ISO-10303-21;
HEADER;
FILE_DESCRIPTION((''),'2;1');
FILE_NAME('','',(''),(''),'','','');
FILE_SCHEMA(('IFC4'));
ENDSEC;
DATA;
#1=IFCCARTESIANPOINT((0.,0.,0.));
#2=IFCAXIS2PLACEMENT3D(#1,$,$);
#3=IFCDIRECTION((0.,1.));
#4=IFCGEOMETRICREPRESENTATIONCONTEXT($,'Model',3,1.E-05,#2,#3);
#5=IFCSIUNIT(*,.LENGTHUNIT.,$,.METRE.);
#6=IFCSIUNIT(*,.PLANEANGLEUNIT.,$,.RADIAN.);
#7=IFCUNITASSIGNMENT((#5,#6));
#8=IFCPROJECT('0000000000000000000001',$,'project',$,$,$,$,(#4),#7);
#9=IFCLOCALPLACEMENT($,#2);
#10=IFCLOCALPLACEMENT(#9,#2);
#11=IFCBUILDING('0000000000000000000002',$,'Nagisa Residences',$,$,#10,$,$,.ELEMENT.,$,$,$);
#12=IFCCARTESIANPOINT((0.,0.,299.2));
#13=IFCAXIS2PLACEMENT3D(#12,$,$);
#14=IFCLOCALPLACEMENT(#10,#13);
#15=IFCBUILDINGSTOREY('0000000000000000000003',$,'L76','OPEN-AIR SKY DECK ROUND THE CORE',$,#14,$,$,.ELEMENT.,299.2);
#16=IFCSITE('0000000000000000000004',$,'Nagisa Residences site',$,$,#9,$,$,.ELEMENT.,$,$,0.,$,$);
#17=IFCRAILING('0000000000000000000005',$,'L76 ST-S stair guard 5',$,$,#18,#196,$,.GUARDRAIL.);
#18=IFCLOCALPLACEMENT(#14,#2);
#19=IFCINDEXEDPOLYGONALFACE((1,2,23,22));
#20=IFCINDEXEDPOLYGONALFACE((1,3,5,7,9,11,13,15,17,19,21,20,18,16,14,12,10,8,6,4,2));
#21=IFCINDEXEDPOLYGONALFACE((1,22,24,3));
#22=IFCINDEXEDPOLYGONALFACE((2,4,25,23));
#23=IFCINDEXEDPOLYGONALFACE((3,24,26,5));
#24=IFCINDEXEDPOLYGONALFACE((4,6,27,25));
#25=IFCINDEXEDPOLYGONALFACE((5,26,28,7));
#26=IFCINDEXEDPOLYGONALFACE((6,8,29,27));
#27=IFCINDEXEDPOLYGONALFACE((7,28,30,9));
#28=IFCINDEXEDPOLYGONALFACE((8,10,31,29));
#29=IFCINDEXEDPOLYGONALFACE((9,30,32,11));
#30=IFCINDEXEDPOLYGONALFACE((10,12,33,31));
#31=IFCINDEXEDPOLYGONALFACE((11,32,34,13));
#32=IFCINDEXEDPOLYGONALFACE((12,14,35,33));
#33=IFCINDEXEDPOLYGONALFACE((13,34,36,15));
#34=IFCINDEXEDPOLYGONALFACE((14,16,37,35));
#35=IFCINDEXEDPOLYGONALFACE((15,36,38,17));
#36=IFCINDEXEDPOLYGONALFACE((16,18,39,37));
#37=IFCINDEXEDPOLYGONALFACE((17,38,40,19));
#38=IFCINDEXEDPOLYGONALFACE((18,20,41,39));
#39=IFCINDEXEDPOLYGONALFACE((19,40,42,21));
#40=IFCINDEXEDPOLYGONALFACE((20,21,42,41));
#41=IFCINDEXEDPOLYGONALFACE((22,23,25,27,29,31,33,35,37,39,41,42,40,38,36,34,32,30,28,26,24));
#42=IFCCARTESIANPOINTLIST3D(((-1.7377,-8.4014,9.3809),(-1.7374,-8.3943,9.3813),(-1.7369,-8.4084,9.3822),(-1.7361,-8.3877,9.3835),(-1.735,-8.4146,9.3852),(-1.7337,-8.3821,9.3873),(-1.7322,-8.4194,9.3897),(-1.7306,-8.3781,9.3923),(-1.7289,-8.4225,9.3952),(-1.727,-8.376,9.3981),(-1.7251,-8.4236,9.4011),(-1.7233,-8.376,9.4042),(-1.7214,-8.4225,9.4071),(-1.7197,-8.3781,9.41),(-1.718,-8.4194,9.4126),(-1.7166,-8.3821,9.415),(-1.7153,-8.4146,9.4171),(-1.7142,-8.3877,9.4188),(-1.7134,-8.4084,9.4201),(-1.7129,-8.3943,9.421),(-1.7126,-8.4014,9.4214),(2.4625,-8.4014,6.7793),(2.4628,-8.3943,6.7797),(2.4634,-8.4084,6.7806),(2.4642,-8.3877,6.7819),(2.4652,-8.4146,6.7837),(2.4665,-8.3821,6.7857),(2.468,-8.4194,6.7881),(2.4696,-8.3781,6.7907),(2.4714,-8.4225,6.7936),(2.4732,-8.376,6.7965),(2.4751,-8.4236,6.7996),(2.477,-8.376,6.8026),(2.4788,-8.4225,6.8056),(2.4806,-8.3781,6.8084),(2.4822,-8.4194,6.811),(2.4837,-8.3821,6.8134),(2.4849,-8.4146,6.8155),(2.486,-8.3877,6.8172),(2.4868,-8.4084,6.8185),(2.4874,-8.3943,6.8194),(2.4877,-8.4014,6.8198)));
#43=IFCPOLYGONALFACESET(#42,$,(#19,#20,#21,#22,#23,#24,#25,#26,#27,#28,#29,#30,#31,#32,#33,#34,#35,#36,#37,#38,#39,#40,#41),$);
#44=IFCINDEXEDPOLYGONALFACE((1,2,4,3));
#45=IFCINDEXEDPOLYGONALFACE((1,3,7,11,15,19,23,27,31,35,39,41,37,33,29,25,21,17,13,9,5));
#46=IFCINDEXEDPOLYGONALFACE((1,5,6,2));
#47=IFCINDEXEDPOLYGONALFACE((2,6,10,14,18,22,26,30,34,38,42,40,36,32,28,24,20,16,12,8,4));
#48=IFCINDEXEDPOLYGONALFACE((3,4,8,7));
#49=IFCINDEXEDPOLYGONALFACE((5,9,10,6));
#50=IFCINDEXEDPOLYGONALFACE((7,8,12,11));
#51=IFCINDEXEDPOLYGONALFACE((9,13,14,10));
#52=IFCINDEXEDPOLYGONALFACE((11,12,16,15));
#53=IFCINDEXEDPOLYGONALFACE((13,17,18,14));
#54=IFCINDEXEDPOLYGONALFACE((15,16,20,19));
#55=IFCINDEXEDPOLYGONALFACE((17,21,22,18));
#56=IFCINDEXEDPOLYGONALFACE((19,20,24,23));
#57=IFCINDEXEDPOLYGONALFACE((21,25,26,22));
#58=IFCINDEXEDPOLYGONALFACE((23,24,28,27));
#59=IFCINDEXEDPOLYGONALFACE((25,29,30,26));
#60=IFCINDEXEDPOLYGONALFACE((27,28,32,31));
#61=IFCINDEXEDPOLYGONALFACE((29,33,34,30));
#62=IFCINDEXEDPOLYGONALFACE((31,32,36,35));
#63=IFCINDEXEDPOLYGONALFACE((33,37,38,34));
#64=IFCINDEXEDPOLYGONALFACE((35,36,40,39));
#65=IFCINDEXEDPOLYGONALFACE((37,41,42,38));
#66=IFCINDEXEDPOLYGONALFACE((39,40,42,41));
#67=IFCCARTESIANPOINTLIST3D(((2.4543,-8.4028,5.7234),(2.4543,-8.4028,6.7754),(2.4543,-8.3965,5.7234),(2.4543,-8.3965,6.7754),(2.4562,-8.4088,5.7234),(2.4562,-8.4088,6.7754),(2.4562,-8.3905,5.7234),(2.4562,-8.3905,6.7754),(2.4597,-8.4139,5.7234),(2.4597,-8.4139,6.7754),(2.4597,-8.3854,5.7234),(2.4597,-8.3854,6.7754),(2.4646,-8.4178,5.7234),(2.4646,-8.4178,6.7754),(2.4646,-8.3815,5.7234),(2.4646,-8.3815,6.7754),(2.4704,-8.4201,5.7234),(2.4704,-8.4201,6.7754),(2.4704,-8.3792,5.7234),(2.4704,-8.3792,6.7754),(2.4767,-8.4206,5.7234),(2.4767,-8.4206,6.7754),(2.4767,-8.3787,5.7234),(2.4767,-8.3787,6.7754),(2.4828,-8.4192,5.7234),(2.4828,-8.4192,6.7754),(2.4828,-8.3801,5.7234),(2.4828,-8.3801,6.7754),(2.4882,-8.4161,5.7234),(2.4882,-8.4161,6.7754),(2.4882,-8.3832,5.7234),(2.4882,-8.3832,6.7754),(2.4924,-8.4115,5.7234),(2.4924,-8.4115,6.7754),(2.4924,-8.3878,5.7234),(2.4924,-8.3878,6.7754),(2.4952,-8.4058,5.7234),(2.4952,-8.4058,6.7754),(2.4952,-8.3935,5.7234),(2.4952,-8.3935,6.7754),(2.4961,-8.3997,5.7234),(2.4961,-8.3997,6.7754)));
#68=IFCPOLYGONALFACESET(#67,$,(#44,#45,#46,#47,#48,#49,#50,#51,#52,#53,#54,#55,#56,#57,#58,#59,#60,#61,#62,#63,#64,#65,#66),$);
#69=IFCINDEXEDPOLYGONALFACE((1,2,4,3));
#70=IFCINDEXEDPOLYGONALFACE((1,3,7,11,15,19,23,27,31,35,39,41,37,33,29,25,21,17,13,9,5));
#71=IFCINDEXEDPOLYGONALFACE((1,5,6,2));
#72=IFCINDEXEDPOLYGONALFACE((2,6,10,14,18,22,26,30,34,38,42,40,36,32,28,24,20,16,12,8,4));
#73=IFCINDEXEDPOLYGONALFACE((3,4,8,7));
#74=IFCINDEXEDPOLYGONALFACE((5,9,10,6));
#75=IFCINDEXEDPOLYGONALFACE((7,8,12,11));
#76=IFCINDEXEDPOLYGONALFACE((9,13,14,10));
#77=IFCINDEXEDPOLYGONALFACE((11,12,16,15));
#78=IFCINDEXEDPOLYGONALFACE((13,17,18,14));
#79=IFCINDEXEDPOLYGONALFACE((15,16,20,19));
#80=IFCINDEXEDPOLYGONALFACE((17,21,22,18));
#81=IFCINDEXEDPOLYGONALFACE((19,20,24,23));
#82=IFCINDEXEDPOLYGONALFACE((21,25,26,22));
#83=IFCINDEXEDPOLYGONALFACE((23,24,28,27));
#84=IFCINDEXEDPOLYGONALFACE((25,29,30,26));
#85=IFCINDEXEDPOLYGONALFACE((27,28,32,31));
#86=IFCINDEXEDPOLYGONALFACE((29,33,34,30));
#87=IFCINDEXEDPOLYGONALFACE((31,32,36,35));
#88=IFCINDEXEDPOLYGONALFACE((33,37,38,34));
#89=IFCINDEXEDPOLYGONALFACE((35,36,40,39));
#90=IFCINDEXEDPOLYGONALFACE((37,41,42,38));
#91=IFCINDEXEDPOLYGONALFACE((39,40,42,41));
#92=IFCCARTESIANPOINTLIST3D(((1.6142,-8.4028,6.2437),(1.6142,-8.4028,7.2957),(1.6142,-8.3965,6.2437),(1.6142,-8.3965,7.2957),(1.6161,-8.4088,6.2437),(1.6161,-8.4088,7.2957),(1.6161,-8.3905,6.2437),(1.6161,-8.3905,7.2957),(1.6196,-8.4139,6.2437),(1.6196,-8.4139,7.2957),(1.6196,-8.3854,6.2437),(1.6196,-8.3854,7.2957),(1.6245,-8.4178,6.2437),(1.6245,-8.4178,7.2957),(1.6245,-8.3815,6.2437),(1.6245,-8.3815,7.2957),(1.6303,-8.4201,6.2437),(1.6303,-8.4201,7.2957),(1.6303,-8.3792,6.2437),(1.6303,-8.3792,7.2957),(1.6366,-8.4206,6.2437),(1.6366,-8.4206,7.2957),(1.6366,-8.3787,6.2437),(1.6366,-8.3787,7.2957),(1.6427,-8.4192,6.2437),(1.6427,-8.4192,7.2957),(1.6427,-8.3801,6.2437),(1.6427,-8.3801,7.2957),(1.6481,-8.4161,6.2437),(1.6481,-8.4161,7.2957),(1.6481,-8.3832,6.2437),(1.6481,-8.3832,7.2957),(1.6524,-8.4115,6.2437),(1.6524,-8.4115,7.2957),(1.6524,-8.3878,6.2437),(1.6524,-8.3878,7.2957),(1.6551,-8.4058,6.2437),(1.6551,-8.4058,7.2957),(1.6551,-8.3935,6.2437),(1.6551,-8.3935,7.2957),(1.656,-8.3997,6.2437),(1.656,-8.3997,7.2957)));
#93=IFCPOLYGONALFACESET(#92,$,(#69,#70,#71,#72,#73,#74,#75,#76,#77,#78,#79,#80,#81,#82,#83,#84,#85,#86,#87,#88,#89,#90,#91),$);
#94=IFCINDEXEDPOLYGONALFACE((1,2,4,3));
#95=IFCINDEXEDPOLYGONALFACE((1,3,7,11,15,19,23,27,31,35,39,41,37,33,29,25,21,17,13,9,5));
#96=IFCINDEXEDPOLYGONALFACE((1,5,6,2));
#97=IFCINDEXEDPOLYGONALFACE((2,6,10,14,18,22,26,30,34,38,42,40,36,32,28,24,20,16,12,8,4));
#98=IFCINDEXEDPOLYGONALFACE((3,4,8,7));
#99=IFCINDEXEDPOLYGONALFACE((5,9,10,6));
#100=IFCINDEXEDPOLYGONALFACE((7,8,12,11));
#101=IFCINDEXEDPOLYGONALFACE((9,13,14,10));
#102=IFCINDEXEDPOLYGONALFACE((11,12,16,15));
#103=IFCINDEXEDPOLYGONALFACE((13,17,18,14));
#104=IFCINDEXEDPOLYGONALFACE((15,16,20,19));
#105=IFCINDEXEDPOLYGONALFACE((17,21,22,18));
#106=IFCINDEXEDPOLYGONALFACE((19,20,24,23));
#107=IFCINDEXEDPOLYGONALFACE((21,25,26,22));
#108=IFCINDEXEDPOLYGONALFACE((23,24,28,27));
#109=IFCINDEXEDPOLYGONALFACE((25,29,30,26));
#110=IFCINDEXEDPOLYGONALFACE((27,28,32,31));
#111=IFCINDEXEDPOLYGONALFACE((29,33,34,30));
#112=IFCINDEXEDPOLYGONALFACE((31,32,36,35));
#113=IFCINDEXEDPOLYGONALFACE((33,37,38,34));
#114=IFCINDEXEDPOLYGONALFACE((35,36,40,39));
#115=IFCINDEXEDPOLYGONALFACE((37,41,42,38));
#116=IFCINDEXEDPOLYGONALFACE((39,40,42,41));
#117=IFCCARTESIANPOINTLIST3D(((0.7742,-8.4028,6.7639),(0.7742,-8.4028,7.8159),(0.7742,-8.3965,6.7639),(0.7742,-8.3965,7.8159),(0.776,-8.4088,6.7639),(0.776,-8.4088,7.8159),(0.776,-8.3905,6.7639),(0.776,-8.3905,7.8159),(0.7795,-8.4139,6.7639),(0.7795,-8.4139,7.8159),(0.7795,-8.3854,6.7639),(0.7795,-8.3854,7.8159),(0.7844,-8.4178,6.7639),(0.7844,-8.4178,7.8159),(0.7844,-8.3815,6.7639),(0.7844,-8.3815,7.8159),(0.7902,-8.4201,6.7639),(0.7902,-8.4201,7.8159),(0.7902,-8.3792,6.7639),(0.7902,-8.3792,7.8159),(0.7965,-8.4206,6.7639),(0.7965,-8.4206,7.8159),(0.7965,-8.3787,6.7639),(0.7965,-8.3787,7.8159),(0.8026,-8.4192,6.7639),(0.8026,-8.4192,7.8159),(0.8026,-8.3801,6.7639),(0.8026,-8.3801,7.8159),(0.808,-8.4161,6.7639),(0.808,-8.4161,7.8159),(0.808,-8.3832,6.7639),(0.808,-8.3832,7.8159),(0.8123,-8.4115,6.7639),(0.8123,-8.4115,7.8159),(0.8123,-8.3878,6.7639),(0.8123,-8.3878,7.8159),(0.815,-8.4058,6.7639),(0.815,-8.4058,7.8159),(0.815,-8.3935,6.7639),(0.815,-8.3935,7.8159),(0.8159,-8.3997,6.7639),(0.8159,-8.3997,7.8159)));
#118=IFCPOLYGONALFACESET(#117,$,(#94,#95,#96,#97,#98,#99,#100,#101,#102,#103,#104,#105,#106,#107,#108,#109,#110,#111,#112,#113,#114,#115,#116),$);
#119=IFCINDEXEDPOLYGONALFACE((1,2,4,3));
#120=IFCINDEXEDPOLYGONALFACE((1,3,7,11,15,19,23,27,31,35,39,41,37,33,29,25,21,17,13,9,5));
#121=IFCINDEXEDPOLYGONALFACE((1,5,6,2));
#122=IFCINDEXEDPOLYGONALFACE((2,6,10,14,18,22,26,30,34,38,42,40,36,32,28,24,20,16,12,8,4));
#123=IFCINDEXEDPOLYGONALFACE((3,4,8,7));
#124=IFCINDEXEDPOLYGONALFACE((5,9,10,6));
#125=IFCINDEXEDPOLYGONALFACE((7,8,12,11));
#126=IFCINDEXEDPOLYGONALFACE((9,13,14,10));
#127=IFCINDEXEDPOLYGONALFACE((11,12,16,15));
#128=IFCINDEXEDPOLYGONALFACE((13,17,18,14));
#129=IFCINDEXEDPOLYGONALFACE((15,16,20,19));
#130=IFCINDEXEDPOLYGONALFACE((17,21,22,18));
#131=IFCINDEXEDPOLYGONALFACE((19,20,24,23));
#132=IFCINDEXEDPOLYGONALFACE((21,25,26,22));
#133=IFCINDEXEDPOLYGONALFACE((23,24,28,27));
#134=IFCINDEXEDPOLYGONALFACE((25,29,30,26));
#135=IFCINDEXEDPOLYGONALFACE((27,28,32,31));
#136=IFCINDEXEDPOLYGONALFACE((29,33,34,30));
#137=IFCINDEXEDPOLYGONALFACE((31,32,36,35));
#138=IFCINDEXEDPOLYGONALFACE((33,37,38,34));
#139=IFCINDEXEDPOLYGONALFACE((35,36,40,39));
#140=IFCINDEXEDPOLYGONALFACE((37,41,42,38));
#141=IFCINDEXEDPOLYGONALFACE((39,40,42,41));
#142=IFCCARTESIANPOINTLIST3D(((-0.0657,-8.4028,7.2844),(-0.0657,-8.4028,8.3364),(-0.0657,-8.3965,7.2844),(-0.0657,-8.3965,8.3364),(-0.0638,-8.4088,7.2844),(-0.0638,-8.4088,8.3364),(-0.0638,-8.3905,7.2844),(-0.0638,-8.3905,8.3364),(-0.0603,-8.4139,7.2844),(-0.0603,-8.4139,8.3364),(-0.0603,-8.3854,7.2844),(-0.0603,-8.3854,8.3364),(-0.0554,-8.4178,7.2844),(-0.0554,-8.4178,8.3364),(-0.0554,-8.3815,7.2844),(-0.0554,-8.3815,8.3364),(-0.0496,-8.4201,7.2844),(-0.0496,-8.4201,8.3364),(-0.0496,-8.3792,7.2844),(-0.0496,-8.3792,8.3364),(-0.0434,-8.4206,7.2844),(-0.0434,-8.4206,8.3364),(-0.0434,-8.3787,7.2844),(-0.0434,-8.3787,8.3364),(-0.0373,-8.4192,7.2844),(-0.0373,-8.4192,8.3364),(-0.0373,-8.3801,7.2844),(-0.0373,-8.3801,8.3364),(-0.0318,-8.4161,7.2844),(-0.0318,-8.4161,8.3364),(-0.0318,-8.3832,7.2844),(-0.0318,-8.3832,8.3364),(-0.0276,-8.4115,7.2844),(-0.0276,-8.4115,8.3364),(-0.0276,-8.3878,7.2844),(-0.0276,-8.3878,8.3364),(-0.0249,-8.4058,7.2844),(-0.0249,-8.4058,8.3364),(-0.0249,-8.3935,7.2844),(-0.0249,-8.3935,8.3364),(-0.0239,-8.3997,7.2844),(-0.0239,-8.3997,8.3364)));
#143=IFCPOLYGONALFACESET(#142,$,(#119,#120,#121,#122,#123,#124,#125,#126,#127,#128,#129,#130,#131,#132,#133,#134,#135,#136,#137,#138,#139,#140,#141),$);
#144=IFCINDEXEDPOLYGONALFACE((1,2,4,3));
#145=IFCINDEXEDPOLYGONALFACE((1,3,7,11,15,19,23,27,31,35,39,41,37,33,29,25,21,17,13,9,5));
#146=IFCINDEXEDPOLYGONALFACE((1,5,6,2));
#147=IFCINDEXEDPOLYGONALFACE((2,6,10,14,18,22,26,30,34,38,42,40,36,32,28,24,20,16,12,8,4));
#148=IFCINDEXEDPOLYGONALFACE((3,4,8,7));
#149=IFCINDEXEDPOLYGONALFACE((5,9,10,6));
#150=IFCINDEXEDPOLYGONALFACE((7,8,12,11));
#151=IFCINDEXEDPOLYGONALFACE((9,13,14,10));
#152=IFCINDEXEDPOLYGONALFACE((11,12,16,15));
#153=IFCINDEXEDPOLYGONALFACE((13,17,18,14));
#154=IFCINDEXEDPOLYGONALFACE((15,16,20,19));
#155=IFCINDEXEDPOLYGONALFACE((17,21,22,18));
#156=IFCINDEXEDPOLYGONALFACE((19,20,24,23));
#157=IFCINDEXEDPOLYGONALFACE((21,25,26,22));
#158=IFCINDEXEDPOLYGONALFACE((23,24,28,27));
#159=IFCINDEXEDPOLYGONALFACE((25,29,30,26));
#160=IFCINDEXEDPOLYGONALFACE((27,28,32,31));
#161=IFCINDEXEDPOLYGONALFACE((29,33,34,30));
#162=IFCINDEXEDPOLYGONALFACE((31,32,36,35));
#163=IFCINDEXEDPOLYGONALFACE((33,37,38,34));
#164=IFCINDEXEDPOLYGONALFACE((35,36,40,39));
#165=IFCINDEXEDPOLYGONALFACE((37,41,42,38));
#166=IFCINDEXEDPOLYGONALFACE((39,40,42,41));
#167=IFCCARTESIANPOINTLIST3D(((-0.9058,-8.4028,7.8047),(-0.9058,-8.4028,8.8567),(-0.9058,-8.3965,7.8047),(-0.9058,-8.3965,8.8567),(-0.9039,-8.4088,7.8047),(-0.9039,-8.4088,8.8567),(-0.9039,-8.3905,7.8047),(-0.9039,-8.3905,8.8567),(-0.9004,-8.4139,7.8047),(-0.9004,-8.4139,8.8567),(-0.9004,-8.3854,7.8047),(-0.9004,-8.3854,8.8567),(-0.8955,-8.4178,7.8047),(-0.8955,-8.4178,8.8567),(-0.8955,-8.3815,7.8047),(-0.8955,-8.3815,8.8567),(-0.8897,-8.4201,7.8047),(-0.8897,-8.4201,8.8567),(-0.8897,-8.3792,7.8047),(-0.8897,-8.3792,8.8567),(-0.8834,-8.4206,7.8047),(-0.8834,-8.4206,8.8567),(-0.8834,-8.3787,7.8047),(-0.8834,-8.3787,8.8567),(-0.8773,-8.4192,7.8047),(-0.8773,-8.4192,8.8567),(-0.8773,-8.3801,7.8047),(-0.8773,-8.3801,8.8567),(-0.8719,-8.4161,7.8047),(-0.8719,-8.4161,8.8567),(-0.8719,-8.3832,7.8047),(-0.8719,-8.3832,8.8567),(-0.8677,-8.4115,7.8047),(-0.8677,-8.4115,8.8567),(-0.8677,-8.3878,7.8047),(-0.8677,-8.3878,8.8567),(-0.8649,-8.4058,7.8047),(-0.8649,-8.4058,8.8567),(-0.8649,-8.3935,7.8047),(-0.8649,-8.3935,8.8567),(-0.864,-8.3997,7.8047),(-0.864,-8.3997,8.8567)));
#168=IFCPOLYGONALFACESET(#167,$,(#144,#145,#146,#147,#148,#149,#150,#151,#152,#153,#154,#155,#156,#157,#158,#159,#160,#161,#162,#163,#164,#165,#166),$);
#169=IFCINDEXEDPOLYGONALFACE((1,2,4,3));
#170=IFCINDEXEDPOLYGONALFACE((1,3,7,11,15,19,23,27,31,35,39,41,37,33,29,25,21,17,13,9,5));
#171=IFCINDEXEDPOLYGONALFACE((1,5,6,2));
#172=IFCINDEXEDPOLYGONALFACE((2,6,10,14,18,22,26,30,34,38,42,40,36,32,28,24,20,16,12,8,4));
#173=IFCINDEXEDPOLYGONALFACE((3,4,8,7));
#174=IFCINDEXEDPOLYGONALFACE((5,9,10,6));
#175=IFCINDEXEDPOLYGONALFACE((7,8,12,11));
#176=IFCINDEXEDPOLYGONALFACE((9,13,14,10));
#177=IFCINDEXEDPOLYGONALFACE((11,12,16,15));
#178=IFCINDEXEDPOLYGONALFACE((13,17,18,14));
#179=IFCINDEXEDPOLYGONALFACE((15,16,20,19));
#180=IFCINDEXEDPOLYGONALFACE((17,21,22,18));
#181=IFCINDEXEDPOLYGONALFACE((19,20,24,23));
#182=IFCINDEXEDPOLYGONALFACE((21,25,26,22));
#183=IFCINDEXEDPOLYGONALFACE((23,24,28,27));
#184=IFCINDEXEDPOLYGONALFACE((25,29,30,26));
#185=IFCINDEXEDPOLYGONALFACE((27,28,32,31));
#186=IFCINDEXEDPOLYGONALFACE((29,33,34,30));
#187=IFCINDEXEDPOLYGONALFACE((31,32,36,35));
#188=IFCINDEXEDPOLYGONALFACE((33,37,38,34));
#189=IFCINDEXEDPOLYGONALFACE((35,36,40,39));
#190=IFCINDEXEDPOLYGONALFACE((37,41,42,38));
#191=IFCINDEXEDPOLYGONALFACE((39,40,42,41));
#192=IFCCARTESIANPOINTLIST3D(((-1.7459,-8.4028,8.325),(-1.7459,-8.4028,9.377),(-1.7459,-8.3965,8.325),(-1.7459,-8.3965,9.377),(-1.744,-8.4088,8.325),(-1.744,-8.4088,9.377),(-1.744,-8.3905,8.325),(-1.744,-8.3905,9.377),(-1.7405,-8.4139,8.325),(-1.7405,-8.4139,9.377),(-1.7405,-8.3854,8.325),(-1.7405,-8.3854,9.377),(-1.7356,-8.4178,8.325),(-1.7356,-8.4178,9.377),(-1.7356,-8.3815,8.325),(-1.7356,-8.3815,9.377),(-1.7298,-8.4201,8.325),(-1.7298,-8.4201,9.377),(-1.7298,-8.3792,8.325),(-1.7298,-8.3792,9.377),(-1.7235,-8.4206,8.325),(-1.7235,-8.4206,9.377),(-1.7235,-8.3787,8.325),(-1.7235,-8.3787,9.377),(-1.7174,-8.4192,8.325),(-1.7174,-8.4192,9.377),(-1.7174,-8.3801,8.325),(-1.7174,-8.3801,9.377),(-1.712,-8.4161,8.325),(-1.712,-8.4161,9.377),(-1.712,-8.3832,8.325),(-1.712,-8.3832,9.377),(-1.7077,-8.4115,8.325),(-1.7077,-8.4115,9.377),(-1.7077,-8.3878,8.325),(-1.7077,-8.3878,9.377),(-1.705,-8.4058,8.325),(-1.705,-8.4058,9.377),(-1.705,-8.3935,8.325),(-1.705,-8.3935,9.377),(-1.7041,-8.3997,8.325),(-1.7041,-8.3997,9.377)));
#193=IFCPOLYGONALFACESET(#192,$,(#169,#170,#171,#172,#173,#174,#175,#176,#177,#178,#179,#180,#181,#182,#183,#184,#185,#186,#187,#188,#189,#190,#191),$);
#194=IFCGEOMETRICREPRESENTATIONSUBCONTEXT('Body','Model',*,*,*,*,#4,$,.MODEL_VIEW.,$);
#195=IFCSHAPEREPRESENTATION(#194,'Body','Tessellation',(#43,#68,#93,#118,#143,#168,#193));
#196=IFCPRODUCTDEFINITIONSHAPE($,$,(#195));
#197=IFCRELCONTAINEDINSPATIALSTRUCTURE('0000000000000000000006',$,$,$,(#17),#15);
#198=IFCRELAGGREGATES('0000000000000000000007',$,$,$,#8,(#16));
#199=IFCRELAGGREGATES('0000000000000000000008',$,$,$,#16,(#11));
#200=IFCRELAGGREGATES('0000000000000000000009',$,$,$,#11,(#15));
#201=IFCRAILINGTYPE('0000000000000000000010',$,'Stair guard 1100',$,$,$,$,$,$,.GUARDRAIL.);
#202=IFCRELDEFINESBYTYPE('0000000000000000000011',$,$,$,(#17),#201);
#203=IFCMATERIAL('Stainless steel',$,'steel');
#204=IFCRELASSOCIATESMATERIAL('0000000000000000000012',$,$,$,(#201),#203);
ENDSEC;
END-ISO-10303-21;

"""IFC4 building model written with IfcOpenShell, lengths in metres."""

from ifc_helpers import new_model, si_unit, direction, frame, origin, origin_2d, place, context, subcontext, project, spatial, circle, extrude, material, type_object, element, save


model = new_model("IFC4")

# Units and contexts
model_context = context("Model", 3, precision=1e-05, world=origin(), true_north=direction((0.0, 1.0)))
body_context = subcontext(model_context, "Body", "Model", "MODEL_VIEW")
ifc_project = project(units=[si_unit("LENGTHUNIT", "METRE"), si_unit("PLANEANGLEUNIT", "RADIAN")], contexts=[model_context])

# Site, building, storey
site_placement = place(None, origin())
site = spatial("IfcSite", under=ifc_project, at=site_placement, Name="Nagisa Residences site", CompositionType="ELEMENT", RefElevation=0.0)
building_placement = place(site_placement, origin())
building = spatial("IfcBuilding", under=site, at=building_placement, Name="Nagisa Residences", CompositionType="ELEMENT")
storey_placement = place(building_placement, frame((0.0, 0.0, 299.2)))
storey = spatial("IfcBuildingStorey", under=building, at=storey_placement, Name="L76", Description="OPEN-AIR SKY DECK ROUND THE CORE", CompositionType="ELEMENT", Elevation=299.2)

# Railing
ifc_material_1 = material(Name="Stainless steel", Category="steel")
railing_type_1 = type_object("IfcRailingType", Name="Stair guard 1100", PredefinedType="GUARDRAIL", material=ifc_material_1)
railing_1_placement = place(storey_placement, frame((2.4751, -8.3997, 5.7234)))
element("IfcRailing", 1, at=railing_1_placement, inside=storey, type_object=railing_type_1, Name="L76 ST-S stair guard 5", PredefinedType="GUARDRAIL", context=body_context, shape_type="SweptSolid", body=[
    extrude(circle(Radius=0.0239, at=origin_2d()), frame((0.0, 0.0, 1.0762), z_axis=(-0.850135, 0.0, 0.526566), x_axis=(0.0, -1.0, 0.0)), (0.0, 0.0, 1.0), 4.9407),
    extrude(circle(Radius=0.021, at=origin_2d()), origin(), (0.0, 0.0, 1.0), 1.052),
    extrude(circle(Radius=0.021, at=origin_2d()), frame((-0.8401, 0.0, 0.5203)), (0.0, 0.0, 1.0), 1.052),
    extrude(circle(Radius=0.021, at=origin_2d()), frame((-1.6802, 0.0, 1.0405)), (0.0, 0.0, 1.0), 1.052),
    extrude(circle(Radius=0.021, at=origin_2d()), frame((-2.52, 0.0, 1.561)), (0.0, 0.0, 1.0), 1.052),
    extrude(circle(Radius=0.021, at=origin_2d()), frame((-3.3601, 0.0, 2.0813)), (0.0, 0.0, 1.0), 1.052),
    extrude(circle(Radius=0.021, at=origin_2d()), frame((-4.2002, 0.0, 2.6016)), (0.0, 0.0, 1.0), 1.052),
])

save(model, "model.ifc")
